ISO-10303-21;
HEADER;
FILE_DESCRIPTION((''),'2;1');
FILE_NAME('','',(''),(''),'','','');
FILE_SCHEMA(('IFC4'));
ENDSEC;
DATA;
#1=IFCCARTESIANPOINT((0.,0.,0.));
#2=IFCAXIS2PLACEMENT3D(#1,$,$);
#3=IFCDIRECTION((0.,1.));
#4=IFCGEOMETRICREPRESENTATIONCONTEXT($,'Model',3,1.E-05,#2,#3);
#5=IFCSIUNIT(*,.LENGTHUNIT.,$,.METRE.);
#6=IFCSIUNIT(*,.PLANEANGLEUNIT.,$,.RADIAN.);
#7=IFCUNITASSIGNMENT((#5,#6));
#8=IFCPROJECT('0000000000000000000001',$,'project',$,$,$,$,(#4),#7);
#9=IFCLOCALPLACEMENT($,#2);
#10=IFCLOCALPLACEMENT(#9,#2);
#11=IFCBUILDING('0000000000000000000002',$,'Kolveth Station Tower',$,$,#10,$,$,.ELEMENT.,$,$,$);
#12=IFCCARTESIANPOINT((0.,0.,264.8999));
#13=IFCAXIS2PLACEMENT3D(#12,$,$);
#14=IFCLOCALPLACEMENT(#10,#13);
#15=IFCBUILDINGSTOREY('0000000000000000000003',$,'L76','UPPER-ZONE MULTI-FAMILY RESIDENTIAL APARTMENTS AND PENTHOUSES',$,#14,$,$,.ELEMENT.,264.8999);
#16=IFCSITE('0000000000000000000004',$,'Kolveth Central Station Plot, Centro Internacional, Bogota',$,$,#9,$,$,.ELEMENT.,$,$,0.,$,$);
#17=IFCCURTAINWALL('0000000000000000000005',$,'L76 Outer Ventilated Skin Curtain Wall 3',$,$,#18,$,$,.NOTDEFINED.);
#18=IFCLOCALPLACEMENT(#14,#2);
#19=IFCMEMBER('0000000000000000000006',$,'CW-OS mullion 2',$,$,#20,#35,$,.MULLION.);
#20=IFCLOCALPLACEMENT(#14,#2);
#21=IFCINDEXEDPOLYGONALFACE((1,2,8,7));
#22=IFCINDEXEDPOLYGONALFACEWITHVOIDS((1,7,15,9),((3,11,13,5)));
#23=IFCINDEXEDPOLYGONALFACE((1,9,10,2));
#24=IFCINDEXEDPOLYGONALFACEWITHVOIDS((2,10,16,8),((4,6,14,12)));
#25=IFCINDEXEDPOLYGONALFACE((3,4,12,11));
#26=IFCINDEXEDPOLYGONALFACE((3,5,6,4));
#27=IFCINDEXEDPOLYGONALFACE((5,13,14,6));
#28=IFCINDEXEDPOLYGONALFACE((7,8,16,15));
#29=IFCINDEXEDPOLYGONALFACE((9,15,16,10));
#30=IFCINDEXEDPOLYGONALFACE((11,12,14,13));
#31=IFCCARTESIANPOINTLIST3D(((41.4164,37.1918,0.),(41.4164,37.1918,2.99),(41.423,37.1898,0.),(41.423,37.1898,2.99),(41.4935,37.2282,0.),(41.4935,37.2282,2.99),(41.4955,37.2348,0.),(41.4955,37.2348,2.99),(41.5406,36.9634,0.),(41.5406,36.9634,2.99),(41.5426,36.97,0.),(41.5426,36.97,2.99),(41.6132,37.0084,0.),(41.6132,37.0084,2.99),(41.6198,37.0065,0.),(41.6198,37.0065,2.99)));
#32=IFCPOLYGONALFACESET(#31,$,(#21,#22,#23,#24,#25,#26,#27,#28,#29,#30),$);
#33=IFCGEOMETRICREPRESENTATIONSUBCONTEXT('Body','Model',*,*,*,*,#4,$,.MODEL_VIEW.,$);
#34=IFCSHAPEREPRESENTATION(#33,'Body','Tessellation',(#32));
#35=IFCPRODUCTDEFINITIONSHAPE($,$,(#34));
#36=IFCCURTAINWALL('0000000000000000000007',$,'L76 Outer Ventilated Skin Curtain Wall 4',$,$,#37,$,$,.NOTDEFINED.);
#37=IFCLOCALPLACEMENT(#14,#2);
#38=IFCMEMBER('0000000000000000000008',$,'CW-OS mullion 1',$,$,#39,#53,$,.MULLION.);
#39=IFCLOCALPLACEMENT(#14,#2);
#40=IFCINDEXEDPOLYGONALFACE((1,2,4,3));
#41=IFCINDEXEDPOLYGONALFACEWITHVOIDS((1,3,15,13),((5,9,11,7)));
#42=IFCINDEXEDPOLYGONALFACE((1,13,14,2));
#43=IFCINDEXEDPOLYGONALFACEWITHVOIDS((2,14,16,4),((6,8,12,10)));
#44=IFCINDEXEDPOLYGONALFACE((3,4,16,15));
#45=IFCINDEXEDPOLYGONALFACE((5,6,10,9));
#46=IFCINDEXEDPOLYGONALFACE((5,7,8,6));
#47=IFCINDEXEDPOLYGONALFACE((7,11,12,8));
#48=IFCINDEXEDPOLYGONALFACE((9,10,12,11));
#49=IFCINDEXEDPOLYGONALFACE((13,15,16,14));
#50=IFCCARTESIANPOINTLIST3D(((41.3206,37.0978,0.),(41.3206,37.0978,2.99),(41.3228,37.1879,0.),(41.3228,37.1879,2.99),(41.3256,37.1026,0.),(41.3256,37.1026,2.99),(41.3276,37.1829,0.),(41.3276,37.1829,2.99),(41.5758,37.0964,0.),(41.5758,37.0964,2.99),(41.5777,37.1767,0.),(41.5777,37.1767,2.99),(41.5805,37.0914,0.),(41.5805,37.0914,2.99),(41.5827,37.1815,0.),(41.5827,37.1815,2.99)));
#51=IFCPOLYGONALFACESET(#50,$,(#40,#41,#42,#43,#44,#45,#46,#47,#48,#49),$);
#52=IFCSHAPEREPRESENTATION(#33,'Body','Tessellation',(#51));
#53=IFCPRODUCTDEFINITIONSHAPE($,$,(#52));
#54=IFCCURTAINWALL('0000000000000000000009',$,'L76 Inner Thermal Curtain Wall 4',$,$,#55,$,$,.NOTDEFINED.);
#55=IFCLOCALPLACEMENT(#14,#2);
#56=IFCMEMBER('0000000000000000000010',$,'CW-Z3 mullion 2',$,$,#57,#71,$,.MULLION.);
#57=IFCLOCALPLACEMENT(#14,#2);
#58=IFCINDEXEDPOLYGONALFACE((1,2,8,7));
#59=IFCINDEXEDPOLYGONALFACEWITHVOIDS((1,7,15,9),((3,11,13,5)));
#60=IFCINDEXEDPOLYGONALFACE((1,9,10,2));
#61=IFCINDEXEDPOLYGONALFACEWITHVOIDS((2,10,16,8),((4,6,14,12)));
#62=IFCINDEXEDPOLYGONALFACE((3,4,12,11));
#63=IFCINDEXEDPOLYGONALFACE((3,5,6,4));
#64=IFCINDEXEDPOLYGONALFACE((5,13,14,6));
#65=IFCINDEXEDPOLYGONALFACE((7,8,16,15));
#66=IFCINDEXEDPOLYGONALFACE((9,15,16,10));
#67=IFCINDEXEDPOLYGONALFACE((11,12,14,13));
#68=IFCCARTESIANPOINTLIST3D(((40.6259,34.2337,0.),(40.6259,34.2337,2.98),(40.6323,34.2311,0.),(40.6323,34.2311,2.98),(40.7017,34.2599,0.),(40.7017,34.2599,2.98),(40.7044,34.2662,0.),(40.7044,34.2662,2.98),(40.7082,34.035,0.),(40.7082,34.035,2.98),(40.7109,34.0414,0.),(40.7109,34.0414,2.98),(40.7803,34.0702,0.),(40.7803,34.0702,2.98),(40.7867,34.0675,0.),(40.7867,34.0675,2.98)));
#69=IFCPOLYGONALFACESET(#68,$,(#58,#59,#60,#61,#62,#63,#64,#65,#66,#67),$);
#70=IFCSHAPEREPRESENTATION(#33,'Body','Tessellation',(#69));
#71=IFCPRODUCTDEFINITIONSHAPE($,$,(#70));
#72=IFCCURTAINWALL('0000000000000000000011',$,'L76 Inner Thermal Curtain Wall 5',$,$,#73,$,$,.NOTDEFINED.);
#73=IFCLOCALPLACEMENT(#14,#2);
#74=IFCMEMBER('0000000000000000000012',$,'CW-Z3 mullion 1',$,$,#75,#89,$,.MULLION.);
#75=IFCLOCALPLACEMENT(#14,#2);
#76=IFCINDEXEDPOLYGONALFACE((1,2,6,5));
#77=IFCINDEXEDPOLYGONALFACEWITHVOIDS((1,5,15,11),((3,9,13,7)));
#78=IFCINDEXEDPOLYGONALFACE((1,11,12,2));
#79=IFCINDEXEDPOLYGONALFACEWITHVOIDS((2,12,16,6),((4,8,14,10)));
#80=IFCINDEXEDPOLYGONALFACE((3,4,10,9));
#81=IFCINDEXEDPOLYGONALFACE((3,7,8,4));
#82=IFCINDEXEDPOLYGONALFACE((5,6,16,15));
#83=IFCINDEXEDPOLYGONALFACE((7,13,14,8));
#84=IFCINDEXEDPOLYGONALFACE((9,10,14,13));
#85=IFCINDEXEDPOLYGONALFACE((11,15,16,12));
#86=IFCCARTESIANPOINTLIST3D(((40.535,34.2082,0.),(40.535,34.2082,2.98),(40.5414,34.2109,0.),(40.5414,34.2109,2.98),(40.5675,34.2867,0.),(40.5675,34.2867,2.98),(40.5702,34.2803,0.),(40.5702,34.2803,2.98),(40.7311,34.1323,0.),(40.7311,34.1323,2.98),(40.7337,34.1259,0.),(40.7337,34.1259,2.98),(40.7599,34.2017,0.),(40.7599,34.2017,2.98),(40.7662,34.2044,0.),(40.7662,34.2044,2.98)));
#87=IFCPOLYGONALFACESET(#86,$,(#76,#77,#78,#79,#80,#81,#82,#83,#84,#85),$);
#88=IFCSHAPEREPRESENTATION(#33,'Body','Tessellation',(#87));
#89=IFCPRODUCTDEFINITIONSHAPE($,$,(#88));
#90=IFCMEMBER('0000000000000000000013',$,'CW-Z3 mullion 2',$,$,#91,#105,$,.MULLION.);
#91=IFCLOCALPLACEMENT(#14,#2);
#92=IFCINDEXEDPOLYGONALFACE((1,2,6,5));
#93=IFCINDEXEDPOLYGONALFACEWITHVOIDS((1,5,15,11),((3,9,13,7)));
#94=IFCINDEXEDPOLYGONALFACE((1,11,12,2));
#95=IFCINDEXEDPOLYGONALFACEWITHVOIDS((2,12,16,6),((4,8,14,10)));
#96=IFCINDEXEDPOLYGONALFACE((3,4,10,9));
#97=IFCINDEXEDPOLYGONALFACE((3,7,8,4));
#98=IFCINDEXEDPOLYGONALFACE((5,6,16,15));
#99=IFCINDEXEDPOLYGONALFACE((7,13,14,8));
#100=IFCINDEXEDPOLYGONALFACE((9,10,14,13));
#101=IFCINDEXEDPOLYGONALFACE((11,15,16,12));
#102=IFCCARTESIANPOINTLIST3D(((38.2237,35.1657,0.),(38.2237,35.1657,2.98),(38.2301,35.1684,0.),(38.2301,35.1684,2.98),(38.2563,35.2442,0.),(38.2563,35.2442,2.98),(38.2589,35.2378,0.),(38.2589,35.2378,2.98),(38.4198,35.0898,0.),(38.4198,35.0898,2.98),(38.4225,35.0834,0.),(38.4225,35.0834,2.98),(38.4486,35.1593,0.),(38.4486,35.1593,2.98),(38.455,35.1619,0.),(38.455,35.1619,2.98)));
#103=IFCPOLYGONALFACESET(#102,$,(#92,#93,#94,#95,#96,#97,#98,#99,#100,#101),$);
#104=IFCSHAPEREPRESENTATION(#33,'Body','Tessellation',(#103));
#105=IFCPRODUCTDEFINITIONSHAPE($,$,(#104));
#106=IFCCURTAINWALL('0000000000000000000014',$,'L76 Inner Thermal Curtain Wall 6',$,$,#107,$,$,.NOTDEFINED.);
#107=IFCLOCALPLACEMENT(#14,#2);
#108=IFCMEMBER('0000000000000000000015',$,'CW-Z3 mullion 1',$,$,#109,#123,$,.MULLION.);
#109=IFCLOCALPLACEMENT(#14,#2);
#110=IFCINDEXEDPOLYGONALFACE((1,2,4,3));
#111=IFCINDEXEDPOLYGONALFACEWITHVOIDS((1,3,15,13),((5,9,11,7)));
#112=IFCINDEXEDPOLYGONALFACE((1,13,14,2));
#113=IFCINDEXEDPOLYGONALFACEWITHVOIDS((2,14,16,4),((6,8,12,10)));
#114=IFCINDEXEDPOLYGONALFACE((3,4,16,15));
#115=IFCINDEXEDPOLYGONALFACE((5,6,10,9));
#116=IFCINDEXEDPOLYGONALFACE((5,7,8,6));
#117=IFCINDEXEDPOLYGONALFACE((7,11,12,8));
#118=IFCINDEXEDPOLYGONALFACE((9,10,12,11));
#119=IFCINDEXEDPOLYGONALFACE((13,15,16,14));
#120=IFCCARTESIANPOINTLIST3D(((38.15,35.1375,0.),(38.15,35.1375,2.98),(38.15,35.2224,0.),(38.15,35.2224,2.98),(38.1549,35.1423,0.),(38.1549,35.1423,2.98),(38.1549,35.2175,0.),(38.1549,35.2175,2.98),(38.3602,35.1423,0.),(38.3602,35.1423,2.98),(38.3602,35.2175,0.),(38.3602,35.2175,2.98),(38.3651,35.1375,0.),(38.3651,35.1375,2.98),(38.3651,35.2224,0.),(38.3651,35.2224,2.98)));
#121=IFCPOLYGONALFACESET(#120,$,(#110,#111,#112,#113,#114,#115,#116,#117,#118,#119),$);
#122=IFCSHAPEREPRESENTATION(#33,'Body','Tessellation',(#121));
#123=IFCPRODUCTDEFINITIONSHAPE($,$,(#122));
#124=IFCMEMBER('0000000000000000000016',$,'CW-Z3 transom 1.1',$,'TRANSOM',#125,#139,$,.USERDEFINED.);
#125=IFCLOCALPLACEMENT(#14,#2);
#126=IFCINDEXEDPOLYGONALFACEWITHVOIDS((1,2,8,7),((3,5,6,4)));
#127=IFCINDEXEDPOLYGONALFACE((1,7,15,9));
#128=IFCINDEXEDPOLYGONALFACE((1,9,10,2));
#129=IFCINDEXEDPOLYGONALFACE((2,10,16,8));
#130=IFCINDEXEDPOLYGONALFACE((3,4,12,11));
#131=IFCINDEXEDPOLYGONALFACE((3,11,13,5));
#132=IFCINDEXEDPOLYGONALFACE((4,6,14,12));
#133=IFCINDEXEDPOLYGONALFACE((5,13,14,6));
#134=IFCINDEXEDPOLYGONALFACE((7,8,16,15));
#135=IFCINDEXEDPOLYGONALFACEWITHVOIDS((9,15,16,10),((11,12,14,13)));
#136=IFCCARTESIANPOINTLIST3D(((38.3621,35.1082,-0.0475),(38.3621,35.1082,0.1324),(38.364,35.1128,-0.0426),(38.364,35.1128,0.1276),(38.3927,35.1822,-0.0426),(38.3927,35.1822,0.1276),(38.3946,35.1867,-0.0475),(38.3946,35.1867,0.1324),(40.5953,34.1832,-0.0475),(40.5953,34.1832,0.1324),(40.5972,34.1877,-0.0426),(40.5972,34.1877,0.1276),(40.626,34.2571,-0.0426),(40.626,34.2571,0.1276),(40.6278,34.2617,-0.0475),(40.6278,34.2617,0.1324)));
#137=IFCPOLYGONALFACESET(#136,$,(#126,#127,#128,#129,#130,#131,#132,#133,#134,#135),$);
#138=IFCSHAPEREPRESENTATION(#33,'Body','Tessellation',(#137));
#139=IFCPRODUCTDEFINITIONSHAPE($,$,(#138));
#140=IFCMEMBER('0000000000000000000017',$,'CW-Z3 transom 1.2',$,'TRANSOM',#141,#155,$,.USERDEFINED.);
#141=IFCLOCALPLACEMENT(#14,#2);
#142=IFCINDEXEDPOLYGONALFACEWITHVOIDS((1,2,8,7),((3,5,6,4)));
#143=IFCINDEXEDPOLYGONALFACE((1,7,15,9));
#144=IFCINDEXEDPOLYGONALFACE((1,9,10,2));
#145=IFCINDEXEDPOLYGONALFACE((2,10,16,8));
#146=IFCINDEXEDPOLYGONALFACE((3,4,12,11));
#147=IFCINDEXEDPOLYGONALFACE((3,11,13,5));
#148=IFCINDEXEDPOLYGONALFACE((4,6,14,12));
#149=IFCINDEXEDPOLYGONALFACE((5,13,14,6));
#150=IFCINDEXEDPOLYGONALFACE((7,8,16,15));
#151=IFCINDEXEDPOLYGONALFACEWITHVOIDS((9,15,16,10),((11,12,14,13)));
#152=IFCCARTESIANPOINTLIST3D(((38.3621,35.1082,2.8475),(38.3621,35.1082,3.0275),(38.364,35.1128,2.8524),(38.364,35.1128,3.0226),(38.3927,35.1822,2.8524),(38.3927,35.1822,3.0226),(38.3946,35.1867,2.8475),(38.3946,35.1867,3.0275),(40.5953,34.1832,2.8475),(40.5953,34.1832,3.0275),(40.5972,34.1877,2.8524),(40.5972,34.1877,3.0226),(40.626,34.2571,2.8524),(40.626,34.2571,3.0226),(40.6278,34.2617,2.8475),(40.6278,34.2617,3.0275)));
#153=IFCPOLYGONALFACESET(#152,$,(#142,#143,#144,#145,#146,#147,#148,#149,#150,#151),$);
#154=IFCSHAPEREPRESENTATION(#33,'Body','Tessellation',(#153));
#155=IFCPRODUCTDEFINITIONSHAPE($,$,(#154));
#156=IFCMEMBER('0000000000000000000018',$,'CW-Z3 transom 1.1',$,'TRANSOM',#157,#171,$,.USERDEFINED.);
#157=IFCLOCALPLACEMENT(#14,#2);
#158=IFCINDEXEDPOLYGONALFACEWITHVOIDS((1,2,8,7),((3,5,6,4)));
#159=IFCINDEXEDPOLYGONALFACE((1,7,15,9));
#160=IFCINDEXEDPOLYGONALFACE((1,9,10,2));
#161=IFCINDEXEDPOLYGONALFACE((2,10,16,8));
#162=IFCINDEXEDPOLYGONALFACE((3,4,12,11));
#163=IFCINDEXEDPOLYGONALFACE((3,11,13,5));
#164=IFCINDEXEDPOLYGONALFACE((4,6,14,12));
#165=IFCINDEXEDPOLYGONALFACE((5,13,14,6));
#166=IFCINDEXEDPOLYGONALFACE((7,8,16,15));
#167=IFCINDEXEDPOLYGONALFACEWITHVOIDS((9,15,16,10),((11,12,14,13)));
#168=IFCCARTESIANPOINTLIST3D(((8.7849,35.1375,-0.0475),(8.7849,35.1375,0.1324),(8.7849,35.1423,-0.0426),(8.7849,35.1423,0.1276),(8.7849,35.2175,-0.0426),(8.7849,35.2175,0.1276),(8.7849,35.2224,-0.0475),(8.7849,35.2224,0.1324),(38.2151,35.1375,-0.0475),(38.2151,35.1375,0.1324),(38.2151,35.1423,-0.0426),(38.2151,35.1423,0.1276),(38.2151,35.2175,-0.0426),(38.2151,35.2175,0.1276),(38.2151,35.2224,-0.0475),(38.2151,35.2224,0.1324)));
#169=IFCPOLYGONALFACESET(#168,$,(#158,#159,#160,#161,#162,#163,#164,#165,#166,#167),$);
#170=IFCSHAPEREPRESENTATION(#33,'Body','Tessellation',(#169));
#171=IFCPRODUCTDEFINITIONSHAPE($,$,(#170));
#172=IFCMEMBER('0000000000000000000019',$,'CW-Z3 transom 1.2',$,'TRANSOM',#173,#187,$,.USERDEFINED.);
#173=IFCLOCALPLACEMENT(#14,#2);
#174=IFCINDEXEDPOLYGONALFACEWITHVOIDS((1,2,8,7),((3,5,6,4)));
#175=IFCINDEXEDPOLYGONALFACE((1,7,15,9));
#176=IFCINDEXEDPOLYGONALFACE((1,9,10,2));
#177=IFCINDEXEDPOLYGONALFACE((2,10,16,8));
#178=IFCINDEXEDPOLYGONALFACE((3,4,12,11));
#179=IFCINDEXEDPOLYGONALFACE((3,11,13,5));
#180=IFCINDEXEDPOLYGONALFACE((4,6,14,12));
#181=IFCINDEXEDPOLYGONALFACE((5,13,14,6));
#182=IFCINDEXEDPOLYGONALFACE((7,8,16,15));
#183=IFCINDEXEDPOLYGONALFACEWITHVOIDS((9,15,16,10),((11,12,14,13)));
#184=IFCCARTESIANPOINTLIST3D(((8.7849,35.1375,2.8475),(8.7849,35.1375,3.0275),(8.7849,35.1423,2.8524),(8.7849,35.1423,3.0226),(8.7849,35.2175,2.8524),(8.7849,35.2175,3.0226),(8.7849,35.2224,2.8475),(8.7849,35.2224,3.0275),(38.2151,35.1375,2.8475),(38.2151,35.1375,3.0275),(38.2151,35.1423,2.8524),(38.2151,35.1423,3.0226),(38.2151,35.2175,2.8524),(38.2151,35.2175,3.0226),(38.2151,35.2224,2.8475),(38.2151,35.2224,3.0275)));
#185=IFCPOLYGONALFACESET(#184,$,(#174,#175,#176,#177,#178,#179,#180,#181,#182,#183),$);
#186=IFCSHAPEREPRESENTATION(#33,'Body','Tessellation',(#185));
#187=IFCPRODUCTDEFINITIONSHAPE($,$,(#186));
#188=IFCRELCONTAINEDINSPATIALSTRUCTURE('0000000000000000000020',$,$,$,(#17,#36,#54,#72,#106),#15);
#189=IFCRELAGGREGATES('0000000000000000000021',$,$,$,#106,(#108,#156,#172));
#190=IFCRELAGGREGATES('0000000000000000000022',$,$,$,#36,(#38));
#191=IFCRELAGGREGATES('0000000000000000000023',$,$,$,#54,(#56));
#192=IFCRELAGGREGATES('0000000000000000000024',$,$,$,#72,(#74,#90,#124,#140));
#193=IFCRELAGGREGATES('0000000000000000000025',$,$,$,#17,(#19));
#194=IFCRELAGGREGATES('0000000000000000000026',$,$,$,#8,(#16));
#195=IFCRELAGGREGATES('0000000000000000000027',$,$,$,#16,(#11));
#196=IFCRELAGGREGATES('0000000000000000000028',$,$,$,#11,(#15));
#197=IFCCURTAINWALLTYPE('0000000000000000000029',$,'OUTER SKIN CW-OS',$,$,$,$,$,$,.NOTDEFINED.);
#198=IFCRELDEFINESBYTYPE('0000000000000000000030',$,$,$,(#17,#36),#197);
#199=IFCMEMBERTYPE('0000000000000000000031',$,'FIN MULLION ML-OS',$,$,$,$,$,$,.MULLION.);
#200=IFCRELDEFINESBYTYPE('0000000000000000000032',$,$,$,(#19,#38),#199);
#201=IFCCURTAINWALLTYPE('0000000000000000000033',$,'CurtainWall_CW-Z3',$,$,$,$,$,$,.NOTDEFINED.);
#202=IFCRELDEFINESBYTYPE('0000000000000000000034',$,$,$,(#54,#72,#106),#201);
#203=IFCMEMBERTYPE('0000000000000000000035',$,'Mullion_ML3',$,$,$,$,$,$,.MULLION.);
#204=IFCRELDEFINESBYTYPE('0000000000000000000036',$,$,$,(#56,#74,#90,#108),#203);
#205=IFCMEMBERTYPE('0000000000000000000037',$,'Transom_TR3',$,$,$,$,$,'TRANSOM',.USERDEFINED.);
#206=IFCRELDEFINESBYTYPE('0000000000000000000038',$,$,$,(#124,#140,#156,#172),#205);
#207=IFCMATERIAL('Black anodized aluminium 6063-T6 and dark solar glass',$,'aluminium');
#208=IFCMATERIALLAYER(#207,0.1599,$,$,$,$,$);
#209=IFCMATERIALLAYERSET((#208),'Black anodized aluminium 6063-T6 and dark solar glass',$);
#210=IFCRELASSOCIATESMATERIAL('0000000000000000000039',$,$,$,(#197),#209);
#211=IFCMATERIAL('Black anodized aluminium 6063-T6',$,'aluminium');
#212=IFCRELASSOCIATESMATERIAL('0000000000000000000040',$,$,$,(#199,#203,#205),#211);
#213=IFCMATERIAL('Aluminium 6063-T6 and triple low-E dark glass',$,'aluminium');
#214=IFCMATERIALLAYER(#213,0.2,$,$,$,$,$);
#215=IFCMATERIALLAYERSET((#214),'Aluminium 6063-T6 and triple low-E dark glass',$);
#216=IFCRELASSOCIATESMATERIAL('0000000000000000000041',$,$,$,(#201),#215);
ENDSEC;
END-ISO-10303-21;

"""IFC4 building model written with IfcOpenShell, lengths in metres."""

from ifc_helpers import new_model, si_unit, direction, frame, origin, origin_2d, place, context, subcontext, project, spatial, hollow_rectangle, extrude, source, transform, mapped, material, layer, layer_set, material_profile, profile_set, type_object, element, aggregate, save


model = new_model("IFC4")

# Units and contexts
model_context = context("Model", 3, precision=1e-05, world=origin(), true_north=direction((0.0, 1.0)))
body_context = subcontext(model_context, "Body", "Model", "MODEL_VIEW")
ifc_project = project(units=[si_unit("LENGTHUNIT", "METRE"), si_unit("PLANEANGLEUNIT", "RADIAN")], contexts=[model_context])

# Site, building, storey
site_placement = place(None, origin())
site = spatial("IfcSite", under=ifc_project, at=site_placement, Name="Kolveth Central Station Plot, Centro Internacional, Bogota", CompositionType="ELEMENT", RefElevation=0.0)
building_placement = place(site_placement, origin())
building = spatial("IfcBuilding", under=site, at=building_placement, Name="Kolveth Station Tower", CompositionType="ELEMENT")
storey_placement = place(building_placement, frame((0.0, 0.0, 264.8999)))
storey = spatial("IfcBuildingStorey", under=building, at=storey_placement, Name="L76", Description="UPPER-ZONE MULTI-FAMILY RESIDENTIAL APARTMENTS AND PENTHOUSES", CompositionType="ELEMENT", Elevation=264.8999)

# Curtain walls, members
ifc_material_1 = material(Name="Black anodized aluminium 6063-T6 and dark solar glass", Category="aluminium")
ifc_layer_1 = layer(ifc_material_1, 0.1599)
ifc_layer_set_1 = layer_set([ifc_layer_1], Name="Black anodized aluminium 6063-T6 and dark solar glass")
curtain_wall_type_1 = type_object("IfcCurtainWallType", Name="OUTER SKIN CW-OS", PredefinedType="NOTDEFINED", material=ifc_layer_set_1)
curtain_wall_1_placement = place(storey_placement, origin())
curtain_wall_1 = element("IfcCurtainWall", 1, at=curtain_wall_1_placement, inside=storey, type_object=curtain_wall_type_1, Name="L76 Outer Ventilated Skin Curtain Wall 3", PredefinedType="NOTDEFINED")
ifc_material_2 = material(Name="Black anodized aluminium 6063-T6", Category="aluminium")
ifc_material_profile_1 = material_profile(ifc_material_2, hollow_rectangle(XDim=0.0901, YDim=0.26, WallThickness=0.0049, at=origin_2d()), Name="ALU-90x260x5")
ifc_profile_set_1 = profile_set([ifc_material_profile_1], Name="Black anodized aluminium 6063-T6")
member_type_1 = type_object("IfcMemberType", Name="FIN MULLION ML-OS", PredefinedType="MULLION", material=ifc_profile_set_1)
shared_shape_1 = source(origin(), body_context, "Body", "SweptSolid", [
    extrude(hollow_rectangle(XDim=0.0901, YDim=0.26, WallThickness=0.0049, at=origin_2d()), origin(), (0.0, 0.0, 1.0), 2.99),
])
member_1_placement = place(storey_placement, frame((41.5181, 37.0991, 0.0), z_axis=(0.0, 0.0, 1.0), x_axis=(-0.878348, -0.478021, 0.0)))
member_1 = element("IfcMember", 2, at=member_1_placement, type_object=member_type_1, Name="CW-OS mullion 2", PredefinedType="MULLION", context=body_context, shape_type="MappedRepresentation", body=[
    mapped(shared_shape_1, transform((0.0, 0.0, 0.0), x_axis=(1.0, 0.0, 0.0), y_axis=(0.0, 1.0, 0.0), z_axis=(0.0, 0.0, 1.0), scale=1.0)),
])
curtain_wall_2_placement = place(storey_placement, origin())
curtain_wall_2 = element("IfcCurtainWall", 3, at=curtain_wall_2_placement, inside=storey, type_object=curtain_wall_type_1, Name="L76 Outer Ventilated Skin Curtain Wall 4", PredefinedType="NOTDEFINED")
member_2_placement = place(storey_placement, frame((41.4517, 37.1396, 0.0), z_axis=(0.0, 0.0, 1.0), x_axis=(-0.024428, -0.999702, 0.0)))
member_2 = element("IfcMember", 4, at=member_2_placement, type_object=member_type_1, Name="CW-OS mullion 1", PredefinedType="MULLION", context=body_context, shape_type="MappedRepresentation", body=[
    mapped(shared_shape_1, transform((0.0, 0.0, 0.0), x_axis=(1.0, 0.0, 0.0), y_axis=(0.0, 1.0, 0.0), z_axis=(0.0, 0.0, 1.0), scale=1.0)),
])
ifc_material_3 = material(Name="Aluminium 6063-T6 and triple low-E dark glass", Category="aluminium")
ifc_layer_2 = layer(ifc_material_3, 0.2)
ifc_layer_set_2 = layer_set([ifc_layer_2], Name="Aluminium 6063-T6 and triple low-E dark glass")
curtain_wall_type_2 = type_object("IfcCurtainWallType", Name="CurtainWall_CW-Z3", PredefinedType="NOTDEFINED", material=ifc_layer_set_2)
curtain_wall_3_placement = place(storey_placement, origin())
curtain_wall_3 = element("IfcCurtainWall", 5, at=curtain_wall_3_placement, inside=storey, type_object=curtain_wall_type_2, Name="L76 Inner Thermal Curtain Wall 4", PredefinedType="NOTDEFINED")
ifc_material_profile_2 = material_profile(ifc_material_2, hollow_rectangle(XDim=0.085, YDim=0.2151, WallThickness=0.0049, at=origin_2d()), Name="ALU-85x215x5")
ifc_profile_set_2 = profile_set([ifc_material_profile_2], Name="Black anodized aluminium 6063-T6")
member_type_2 = type_object("IfcMemberType", Name="Mullion_ML3", PredefinedType="MULLION", material=ifc_profile_set_2)
shared_shape_2 = source(origin(), body_context, "Body", "SweptSolid", [
    extrude(hollow_rectangle(XDim=0.085, YDim=0.2151, WallThickness=0.0049, at=origin_2d()), origin(), (0.0, 0.0, 1.0), 2.98),
])
member_3_placement = place(storey_placement, frame((40.7063, 34.1506, 0.0), z_axis=(0.0, 0.0, 1.0), x_axis=(-0.923875, -0.382693, 0.0)))
member_3 = element("IfcMember", 6, at=member_3_placement, type_object=member_type_2, Name="CW-Z3 mullion 2", PredefinedType="MULLION", context=body_context, shape_type="MappedRepresentation", body=[
    mapped(shared_shape_2, transform((0.0, 0.0, 0.0), x_axis=(1.0, 0.0, 0.0), y_axis=(0.0, 1.0, 0.0), z_axis=(0.0, 0.0, 1.0), scale=1.0)),
])

# Curtain wall, members
curtain_wall_4_placement = place(storey_placement, origin())
curtain_wall_4 = element("IfcCurtainWall", 7, at=curtain_wall_4_placement, inside=storey, type_object=curtain_wall_type_2, Name="L76 Inner Thermal Curtain Wall 5", PredefinedType="NOTDEFINED")
member_4_placement = place(storey_placement, frame((40.6506, 34.2063, 0.0), z_axis=(0.0, 0.0, 1.0), x_axis=(-0.382693, -0.923875, 0.0)))
member_4 = element("IfcMember", 8, at=member_4_placement, type_object=member_type_2, Name="CW-Z3 mullion 1", PredefinedType="MULLION", context=body_context, shape_type="MappedRepresentation", body=[
    mapped(shared_shape_2, transform((0.0, 0.0, 0.0), x_axis=(1.0, 0.0, 0.0), y_axis=(0.0, 1.0, 0.0), z_axis=(0.0, 0.0, 1.0), scale=1.0)),
])
member_5_placement = place(storey_placement, frame((38.3394, 35.1638, 0.0), z_axis=(0.0, 0.0, 1.0), x_axis=(-0.382693, -0.923875, 0.0)))
member_5 = element("IfcMember", 9, at=member_5_placement, type_object=member_type_2, Name="CW-Z3 mullion 2", PredefinedType="MULLION", context=body_context, shape_type="MappedRepresentation", body=[
    mapped(shared_shape_2, transform((0.0, 0.0, 0.0), x_axis=(1.0, 0.0, 0.0), y_axis=(0.0, 1.0, 0.0), z_axis=(0.0, 0.0, 1.0), scale=1.0)),
])

# Curtain wall, member
curtain_wall_5_placement = place(storey_placement, origin())
curtain_wall_5 = element("IfcCurtainWall", 10, at=curtain_wall_5_placement, inside=storey, type_object=curtain_wall_type_2, Name="L76 Inner Thermal Curtain Wall 6", PredefinedType="NOTDEFINED")
member_6_placement = place(storey_placement, frame((38.2576, 35.1799, 0.0), z_axis=(0.0, 0.0, 1.0), x_axis=(0.0, -1.0, 0.0)))
member_6 = element("IfcMember", 11, at=member_6_placement, type_object=member_type_2, Name="CW-Z3 mullion 1", PredefinedType="MULLION", context=body_context, shape_type="MappedRepresentation", body=[
    mapped(shared_shape_2, transform((0.0, 0.0, 0.0), x_axis=(1.0, 0.0, 0.0), y_axis=(0.0, 1.0, 0.0), z_axis=(0.0, 0.0, 1.0), scale=1.0)),
])

# Members
ifc_material_profile_3 = material_profile(ifc_material_2, hollow_rectangle(XDim=0.085, YDim=0.1799, WallThickness=0.0049, at=origin_2d()), Name="ALU-85x180x5")
ifc_profile_set_3 = profile_set([ifc_material_profile_3], Name="Black anodized aluminium 6063-T6")
member_type_3 = type_object("IfcMemberType", Name="Transom_TR3", ElementType="TRANSOM", PredefinedType="USERDEFINED", material=ifc_profile_set_3)
shared_shape_3 = source(origin(), body_context, "Body", "SweptSolid", [
    extrude(hollow_rectangle(XDim=0.085, YDim=0.1799, WallThickness=0.0049, at=origin_2d()), origin(), (0.0, 0.0, 1.0), 2.4172),
])
member_7_placement = place(storey_placement, frame((40.6116, 34.2224, 0.0425), z_axis=(-0.923873, 0.3827, 0.0), x_axis=(-0.3827, -0.923873, 0.0)))
member_7 = element("IfcMember", 12, at=member_7_placement, type_object=member_type_3, Name="CW-Z3 transom 1.1", ObjectType="TRANSOM", PredefinedType="USERDEFINED", context=body_context, shape_type="MappedRepresentation", body=[
    mapped(shared_shape_3, transform((0.0, 0.0, 0.0), x_axis=(1.0, 0.0, 0.0), y_axis=(0.0, 1.0, 0.0), z_axis=(0.0, 0.0, 1.0), scale=1.0)),
])
member_8_placement = place(storey_placement, frame((40.6116, 34.2224, 2.9375), z_axis=(-0.923873, 0.3827, 0.0), x_axis=(-0.3827, -0.923873, 0.0)))
member_8 = element("IfcMember", 13, at=member_8_placement, type_object=member_type_3, Name="CW-Z3 transom 1.2", ObjectType="TRANSOM", PredefinedType="USERDEFINED", context=body_context, shape_type="MappedRepresentation", body=[
    mapped(shared_shape_3, transform((0.0, 0.0, 0.0), x_axis=(1.0, 0.0, 0.0), y_axis=(0.0, 1.0, 0.0), z_axis=(0.0, 0.0, 1.0), scale=1.0)),
])
shared_shape_4 = source(origin(), body_context, "Body", "SweptSolid", [
    extrude(hollow_rectangle(XDim=0.085, YDim=0.1799, WallThickness=0.0049, at=origin_2d()), origin(), (0.0, 0.0, 1.0), 29.4302),
])
member_9_placement = place(storey_placement, frame((38.2151, 35.1799, 0.0425), z_axis=(-1.0, 0.0, 0.0), x_axis=(0.0, -1.0, 0.0)))
member_9 = element("IfcMember", 14, at=member_9_placement, type_object=member_type_3, Name="CW-Z3 transom 1.1", ObjectType="TRANSOM", PredefinedType="USERDEFINED", context=body_context, shape_type="MappedRepresentation", body=[
    mapped(shared_shape_4, transform((0.0, 0.0, 0.0), x_axis=(1.0, 0.0, 0.0), y_axis=(0.0, 1.0, 0.0), z_axis=(0.0, 0.0, 1.0), scale=1.0)),
])
member_10_placement = place(storey_placement, frame((38.2151, 35.1799, 2.9375), z_axis=(-1.0, 0.0, 0.0), x_axis=(0.0, -1.0, 0.0)))
member_10 = element("IfcMember", 15, at=member_10_placement, type_object=member_type_3, Name="CW-Z3 transom 1.2", ObjectType="TRANSOM", PredefinedType="USERDEFINED", context=body_context, shape_type="MappedRepresentation", body=[
    mapped(shared_shape_4, transform((0.0, 0.0, 0.0), x_axis=(1.0, 0.0, 0.0), y_axis=(0.0, 1.0, 0.0), z_axis=(0.0, 0.0, 1.0), scale=1.0)),
])
aggregate(curtain_wall_5, [member_6, member_9, member_10])
aggregate(curtain_wall_2, [member_2])

aggregate(curtain_wall_3, [member_3])
aggregate(curtain_wall_4, [member_4, member_5, member_7, member_8])
aggregate(curtain_wall_1, [member_1])

save(model, "model.ifc")
